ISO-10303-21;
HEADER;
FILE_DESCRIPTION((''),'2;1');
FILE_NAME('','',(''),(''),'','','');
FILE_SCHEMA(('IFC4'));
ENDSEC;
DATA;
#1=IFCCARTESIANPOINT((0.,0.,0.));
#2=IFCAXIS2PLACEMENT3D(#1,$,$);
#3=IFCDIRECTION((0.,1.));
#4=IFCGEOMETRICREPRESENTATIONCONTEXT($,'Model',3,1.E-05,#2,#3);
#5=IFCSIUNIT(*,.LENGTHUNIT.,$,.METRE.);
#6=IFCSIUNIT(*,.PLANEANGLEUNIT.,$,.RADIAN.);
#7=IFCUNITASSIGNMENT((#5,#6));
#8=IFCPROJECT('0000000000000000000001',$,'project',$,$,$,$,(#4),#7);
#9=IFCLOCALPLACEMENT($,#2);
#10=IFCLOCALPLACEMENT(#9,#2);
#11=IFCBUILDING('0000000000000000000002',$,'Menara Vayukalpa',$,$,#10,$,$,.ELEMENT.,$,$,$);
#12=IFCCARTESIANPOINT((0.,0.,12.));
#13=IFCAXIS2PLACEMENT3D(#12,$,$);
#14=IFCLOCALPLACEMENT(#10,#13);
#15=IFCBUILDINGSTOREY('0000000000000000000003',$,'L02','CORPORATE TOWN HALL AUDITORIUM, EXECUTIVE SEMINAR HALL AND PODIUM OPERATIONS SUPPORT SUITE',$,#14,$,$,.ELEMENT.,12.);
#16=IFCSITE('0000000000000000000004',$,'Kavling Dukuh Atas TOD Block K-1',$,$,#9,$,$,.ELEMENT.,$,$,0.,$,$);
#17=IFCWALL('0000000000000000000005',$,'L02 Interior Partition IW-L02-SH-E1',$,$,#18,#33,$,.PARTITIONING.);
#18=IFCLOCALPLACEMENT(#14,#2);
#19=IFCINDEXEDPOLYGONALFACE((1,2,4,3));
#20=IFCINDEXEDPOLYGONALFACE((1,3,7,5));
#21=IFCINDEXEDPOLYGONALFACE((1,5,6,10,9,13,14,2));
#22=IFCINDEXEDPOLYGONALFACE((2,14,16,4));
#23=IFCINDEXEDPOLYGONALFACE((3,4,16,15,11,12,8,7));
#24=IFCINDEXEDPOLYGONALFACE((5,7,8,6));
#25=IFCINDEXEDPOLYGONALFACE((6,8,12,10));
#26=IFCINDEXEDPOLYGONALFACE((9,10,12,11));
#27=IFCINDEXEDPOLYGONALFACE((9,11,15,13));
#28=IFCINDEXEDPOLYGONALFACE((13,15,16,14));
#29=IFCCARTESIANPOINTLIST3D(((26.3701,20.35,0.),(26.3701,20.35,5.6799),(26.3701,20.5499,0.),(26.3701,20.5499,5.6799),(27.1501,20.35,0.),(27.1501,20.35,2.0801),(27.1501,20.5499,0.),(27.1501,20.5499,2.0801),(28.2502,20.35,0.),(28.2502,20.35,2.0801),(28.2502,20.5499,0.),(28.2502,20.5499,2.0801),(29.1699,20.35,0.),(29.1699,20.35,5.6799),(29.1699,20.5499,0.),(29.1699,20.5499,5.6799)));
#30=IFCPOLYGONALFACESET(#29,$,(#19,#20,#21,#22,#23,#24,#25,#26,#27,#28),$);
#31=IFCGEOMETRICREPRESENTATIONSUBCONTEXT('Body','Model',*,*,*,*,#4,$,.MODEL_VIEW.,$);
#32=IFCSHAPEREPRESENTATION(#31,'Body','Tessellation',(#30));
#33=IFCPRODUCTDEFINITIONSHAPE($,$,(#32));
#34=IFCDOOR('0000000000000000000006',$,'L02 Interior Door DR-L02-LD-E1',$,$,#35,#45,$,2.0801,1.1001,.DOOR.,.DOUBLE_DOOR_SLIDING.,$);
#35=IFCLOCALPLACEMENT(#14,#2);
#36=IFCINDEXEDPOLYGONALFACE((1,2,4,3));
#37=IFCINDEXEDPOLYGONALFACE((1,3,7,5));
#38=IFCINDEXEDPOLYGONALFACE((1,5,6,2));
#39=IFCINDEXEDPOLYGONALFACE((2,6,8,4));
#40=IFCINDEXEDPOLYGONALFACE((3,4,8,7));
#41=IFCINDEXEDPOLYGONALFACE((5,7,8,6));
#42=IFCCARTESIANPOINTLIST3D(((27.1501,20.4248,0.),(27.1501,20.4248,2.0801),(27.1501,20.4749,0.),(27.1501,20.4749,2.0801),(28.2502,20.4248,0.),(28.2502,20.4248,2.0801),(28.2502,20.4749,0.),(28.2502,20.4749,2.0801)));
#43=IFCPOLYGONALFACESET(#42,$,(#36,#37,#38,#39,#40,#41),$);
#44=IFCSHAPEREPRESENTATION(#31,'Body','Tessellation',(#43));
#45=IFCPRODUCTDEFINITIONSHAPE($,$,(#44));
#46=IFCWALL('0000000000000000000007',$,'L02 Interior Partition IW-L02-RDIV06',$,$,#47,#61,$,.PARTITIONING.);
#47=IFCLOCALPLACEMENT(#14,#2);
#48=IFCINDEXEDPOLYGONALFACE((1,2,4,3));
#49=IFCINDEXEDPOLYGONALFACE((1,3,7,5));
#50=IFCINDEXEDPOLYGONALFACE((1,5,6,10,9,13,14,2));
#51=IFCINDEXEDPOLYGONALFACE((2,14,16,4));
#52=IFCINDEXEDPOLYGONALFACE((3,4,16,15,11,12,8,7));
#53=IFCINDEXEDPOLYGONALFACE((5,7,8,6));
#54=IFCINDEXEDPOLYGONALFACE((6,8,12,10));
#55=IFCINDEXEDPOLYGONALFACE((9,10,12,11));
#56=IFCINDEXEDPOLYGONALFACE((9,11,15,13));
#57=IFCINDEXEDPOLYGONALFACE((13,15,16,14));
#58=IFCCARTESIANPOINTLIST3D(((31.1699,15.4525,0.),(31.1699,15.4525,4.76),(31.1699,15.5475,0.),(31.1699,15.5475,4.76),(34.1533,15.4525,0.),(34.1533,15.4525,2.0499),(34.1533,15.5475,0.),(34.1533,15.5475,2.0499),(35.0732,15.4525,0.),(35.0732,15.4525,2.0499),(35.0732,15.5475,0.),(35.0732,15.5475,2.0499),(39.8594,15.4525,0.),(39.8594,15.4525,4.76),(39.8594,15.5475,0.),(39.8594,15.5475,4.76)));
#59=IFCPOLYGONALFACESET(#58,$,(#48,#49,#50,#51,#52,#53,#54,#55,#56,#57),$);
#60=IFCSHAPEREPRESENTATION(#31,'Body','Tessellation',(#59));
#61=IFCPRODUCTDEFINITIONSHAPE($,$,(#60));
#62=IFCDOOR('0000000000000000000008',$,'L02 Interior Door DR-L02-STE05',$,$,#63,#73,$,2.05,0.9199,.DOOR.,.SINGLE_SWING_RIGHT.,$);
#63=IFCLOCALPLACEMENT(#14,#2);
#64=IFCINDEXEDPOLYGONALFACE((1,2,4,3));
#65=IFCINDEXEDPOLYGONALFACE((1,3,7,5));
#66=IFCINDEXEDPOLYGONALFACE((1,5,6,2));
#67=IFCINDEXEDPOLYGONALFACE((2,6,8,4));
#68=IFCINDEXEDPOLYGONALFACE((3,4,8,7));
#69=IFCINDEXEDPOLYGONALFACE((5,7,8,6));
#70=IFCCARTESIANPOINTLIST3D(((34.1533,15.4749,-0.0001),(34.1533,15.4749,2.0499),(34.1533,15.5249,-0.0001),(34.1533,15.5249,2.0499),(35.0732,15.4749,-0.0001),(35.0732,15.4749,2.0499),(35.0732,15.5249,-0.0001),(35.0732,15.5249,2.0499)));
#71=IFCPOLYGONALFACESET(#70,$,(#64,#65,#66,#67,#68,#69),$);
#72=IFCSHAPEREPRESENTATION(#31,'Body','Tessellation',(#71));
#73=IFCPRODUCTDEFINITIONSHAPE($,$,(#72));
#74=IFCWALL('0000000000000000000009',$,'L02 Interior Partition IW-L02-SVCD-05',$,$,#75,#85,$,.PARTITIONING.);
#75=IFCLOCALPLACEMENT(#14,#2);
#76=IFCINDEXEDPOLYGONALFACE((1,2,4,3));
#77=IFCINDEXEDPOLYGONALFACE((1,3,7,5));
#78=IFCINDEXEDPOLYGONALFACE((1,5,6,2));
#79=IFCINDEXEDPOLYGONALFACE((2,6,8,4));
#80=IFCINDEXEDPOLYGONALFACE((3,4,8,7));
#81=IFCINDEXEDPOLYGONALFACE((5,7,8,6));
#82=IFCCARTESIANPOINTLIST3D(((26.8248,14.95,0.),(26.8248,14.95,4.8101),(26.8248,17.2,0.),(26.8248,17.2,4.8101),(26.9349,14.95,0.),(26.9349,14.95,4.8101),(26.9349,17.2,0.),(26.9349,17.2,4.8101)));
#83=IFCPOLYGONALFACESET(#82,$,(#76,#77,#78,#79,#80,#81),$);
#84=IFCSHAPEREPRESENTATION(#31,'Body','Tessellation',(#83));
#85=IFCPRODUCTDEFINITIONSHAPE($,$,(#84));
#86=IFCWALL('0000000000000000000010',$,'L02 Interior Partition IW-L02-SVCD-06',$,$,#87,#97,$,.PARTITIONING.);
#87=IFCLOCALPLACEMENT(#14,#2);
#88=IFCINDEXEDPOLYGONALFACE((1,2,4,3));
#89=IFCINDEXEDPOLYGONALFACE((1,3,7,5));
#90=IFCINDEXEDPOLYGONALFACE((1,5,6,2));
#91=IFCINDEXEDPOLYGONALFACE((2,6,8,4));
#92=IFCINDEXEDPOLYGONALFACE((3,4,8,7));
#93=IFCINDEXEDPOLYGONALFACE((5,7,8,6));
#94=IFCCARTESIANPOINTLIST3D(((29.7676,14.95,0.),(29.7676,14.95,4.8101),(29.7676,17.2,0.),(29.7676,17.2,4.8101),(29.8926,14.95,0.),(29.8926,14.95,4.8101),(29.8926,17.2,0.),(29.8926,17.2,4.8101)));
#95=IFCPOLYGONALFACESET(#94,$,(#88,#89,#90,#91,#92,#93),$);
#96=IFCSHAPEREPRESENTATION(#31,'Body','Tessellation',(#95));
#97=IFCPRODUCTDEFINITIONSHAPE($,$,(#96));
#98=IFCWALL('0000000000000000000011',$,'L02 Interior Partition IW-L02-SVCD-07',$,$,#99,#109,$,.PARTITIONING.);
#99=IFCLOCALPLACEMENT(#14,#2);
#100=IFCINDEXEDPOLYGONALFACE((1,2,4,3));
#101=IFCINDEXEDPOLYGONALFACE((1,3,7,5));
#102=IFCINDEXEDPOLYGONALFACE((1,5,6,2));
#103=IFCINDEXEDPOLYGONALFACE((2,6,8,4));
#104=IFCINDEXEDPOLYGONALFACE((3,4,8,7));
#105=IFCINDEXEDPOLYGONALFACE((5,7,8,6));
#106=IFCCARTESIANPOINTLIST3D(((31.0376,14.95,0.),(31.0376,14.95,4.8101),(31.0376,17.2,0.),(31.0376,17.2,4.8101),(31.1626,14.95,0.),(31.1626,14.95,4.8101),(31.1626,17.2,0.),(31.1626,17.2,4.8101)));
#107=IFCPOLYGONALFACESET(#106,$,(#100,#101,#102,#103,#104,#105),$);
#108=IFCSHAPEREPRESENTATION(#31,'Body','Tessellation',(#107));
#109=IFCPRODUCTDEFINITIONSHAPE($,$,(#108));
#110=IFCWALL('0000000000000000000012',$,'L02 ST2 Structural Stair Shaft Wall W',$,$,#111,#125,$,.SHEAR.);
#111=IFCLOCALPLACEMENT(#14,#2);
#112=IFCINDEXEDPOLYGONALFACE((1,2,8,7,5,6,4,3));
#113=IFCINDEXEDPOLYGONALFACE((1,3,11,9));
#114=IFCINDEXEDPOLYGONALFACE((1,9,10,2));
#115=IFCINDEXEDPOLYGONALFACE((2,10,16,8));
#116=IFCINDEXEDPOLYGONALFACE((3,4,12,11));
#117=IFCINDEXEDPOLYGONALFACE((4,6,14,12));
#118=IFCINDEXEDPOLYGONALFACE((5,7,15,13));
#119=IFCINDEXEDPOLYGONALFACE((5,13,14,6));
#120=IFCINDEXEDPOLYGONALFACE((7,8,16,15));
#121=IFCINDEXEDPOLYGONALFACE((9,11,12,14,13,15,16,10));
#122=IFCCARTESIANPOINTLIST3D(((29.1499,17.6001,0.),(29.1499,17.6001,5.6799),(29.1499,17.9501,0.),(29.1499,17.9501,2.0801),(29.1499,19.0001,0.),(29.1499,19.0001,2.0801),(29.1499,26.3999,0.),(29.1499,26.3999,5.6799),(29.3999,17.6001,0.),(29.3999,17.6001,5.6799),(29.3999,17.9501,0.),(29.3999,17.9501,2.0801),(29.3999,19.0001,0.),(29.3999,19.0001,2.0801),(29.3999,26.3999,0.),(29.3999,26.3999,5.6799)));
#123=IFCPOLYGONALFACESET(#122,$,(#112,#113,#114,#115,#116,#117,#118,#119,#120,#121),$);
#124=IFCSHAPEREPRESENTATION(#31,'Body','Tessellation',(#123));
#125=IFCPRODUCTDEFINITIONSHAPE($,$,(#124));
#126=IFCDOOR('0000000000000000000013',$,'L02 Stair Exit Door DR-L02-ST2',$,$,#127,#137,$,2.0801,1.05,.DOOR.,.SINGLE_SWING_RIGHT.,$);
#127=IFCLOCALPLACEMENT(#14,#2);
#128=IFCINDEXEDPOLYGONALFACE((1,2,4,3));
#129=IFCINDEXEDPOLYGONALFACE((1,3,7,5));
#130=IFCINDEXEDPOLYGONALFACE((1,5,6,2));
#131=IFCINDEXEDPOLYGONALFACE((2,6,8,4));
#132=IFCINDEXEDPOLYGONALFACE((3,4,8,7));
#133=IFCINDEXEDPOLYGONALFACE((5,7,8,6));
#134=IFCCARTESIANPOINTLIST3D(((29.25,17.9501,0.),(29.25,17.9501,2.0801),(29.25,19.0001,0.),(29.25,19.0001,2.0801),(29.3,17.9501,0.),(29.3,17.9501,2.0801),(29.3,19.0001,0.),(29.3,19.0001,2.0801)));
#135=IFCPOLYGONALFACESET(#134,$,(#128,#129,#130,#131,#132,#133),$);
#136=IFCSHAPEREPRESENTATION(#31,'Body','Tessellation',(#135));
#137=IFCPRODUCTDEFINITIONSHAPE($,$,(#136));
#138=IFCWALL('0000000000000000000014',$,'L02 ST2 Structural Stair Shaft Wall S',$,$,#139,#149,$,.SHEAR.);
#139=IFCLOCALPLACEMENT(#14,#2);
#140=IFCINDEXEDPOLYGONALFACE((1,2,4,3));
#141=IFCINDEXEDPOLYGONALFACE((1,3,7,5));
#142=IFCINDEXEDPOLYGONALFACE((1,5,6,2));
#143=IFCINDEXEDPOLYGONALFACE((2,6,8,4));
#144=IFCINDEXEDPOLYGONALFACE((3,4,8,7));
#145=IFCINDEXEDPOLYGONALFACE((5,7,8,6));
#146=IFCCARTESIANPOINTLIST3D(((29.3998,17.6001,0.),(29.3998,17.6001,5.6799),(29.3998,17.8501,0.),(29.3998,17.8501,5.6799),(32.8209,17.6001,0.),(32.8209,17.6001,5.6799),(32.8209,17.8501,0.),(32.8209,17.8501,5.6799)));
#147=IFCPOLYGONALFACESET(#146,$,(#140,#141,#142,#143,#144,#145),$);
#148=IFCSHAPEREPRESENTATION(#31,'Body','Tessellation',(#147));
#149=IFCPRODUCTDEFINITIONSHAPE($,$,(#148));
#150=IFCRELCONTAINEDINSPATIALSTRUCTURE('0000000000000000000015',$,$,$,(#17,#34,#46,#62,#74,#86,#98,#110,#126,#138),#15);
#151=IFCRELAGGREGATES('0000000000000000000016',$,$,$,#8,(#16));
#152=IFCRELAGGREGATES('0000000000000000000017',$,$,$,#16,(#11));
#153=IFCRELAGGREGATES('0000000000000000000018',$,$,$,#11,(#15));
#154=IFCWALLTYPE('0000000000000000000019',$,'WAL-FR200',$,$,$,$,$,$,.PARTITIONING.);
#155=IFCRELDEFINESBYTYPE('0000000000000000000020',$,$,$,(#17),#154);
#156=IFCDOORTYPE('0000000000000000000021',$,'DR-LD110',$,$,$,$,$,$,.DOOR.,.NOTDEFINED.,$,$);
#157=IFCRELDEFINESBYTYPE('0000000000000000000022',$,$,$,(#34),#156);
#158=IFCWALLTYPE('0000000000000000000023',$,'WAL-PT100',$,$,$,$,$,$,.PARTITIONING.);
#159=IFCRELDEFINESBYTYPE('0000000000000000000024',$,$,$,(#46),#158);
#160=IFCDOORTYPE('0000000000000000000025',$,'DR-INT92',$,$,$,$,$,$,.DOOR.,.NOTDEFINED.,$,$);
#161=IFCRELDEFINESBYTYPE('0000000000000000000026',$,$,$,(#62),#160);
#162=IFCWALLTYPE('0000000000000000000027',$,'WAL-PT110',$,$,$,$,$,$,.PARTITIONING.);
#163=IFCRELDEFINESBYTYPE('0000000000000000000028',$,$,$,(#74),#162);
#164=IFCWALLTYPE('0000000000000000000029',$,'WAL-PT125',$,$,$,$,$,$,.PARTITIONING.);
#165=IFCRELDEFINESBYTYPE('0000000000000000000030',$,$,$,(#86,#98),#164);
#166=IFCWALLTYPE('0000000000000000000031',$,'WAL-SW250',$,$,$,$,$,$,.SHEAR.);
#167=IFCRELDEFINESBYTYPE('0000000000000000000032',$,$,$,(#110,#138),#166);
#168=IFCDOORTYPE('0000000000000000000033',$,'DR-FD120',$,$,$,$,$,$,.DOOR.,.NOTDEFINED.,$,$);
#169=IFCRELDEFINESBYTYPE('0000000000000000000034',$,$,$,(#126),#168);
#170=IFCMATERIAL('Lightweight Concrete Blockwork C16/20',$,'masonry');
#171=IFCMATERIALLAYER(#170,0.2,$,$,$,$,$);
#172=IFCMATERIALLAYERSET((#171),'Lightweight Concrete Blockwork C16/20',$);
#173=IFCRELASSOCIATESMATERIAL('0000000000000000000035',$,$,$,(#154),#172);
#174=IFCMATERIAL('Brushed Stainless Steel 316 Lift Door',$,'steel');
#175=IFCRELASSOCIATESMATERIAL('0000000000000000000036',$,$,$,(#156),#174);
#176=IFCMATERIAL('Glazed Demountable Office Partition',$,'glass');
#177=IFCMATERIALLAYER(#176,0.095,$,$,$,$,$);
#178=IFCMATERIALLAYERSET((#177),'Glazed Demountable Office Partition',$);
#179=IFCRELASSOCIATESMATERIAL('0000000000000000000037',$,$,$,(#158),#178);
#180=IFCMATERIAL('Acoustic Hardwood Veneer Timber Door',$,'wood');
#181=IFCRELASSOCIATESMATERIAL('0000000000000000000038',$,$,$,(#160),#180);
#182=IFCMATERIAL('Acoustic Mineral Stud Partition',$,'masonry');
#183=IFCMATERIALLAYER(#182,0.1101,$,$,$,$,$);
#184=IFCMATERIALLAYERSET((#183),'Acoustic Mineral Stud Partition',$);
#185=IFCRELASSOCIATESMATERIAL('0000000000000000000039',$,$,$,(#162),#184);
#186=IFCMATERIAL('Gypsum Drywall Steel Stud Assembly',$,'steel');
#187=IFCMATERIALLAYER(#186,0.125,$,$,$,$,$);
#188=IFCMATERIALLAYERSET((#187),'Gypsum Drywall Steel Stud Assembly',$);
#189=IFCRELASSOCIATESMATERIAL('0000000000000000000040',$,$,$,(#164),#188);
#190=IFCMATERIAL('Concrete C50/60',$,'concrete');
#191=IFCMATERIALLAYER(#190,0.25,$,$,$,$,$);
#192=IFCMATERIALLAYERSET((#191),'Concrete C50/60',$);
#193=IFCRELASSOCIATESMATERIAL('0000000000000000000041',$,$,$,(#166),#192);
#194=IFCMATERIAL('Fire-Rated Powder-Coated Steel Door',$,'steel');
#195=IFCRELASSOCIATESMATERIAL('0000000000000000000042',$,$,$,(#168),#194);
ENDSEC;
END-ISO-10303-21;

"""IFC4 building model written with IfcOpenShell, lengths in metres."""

from ifc_helpers import new_model, si_unit, direction, frame, frame_2d, origin, place, context, subcontext, project, spatial, rectangle, extrude, material, layer, layer_set, type_object, element, fill, save


model = new_model("IFC4")

# Units and contexts
model_context = context("Model", 3, precision=1e-05, world=origin(), true_north=direction((0.0, 1.0)))
body_context = subcontext(model_context, "Body", "Model", "MODEL_VIEW")
ifc_project = project(units=[si_unit("LENGTHUNIT", "METRE"), si_unit("PLANEANGLEUNIT", "RADIAN")], contexts=[model_context])

# Site, building, storey
site_placement = place(None, origin())
site = spatial("IfcSite", under=ifc_project, at=site_placement, Name="Kavling Dukuh Atas TOD Block K-1", CompositionType="ELEMENT", RefElevation=0.0)
building_placement = place(site_placement, origin())
building = spatial("IfcBuilding", under=site, at=building_placement, Name="Menara Vayukalpa", CompositionType="ELEMENT")
storey_placement = place(building_placement, frame((0.0, 0.0, 12.0)))
storey = spatial("IfcBuildingStorey", under=building, at=storey_placement, Name="L02", Description="CORPORATE TOWN HALL AUDITORIUM, EXECUTIVE SEMINAR HALL AND PODIUM OPERATIONS SUPPORT SUITE", CompositionType="ELEMENT", Elevation=12.0)

# Walls, openings, doors
ifc_material_1 = material(Name="Lightweight Concrete Blockwork C16/20", Category="masonry")
ifc_layer_1 = layer(ifc_material_1, 0.2)
ifc_layer_set_1 = layer_set([ifc_layer_1], Name="Lightweight Concrete Blockwork C16/20")
wall_type_1 = type_object("IfcWallType", Name="WAL-FR200", PredefinedType="PARTITIONING", material=ifc_layer_set_1)
wall_1_placement = place(storey_placement, frame((26.3701, 20.45, 0.0), z_axis=(0.0, 0.0, 1.0), x_axis=(1.0, 0.0, 0.0)))
wall_1 = element("IfcWall", 1, at=wall_1_placement, inside=storey, type_object=wall_type_1, Name="L02 Interior Partition IW-L02-SH-E1", PredefinedType="PARTITIONING", context=body_context, shape_type="SweptSolid", body=[
    extrude(rectangle(XDim=2.7998, YDim=0.2, at=frame_2d((1.3999, 0.0))), origin(), (0.0, 0.0, 1.0), 5.6799),
])
opening_1_placement = place(wall_1_placement, frame((0.78, 0.0, 0.0)))
opening_1 = element("IfcOpeningElement", 2, at=opening_1_placement, cuts=wall_1, PredefinedType="OPENING", context=body_context, shape_type="SweptSolid", body=[
    extrude(rectangle(XDim=1.1001, YDim=2.0801, at=frame_2d((0.55, 1.04))), frame((0.0, 0.1099, 0.0), z_axis=(0.0, -1.0, 0.0), x_axis=(1.0, 0.0, 0.0)), (0.0, 0.0, 1.0), 0.22),
])
ifc_material_2 = material(Name="Brushed Stainless Steel 316 Lift Door", Category="steel")
door_type_1 = type_object("IfcDoorType", Name="DR-LD110", OperationType="NOTDEFINED", PredefinedType="DOOR", material=ifc_material_2)
door_1_placement = place(opening_1_placement, origin())
door_1 = element("IfcDoor", 3, at=door_1_placement, inside=storey, type_object=door_type_1, Name="L02 Interior Door DR-L02-LD-E1", OperationType="DOUBLE_DOOR_SLIDING", OverallHeight=2.0801, OverallWidth=1.1001, PredefinedType="DOOR", context=body_context, shape_type="SweptSolid", body=[
    extrude(rectangle(XDim=1.1001, YDim=2.0801, at=frame_2d((0.55, 1.04))), frame((0.0, 0.0249, 0.0), z_axis=(0.0, -1.0, 0.0), x_axis=(1.0, 0.0, 0.0)), (0.0, 0.0, 1.0), 0.05),
])
fill(opening_1, door_1)
ifc_material_3 = material(Name="Glazed Demountable Office Partition", Category="glass")
ifc_layer_2 = layer(ifc_material_3, 0.095)
ifc_layer_set_2 = layer_set([ifc_layer_2], Name="Glazed Demountable Office Partition")
wall_type_2 = type_object("IfcWallType", Name="WAL-PT100", PredefinedType="PARTITIONING", material=ifc_layer_set_2)
wall_2_placement = place(storey_placement, frame((31.1699, 15.5, 0.0), z_axis=(0.0, 0.0, 1.0), x_axis=(1.0, 0.0, 0.0)))
wall_2 = element("IfcWall", 4, at=wall_2_placement, inside=storey, type_object=wall_type_2, Name="L02 Interior Partition IW-L02-RDIV06", PredefinedType="PARTITIONING", context=body_context, shape_type="SweptSolid", body=[
    extrude(rectangle(XDim=8.6895, YDim=0.095, at=frame_2d((4.3447, 0.0))), origin(), (0.0, 0.0, 1.0), 4.76),
])
opening_2_placement = place(wall_2_placement, frame((2.9834, 0.0, 0.0)))
opening_2 = element("IfcOpeningElement", 5, at=opening_2_placement, cuts=wall_2, PredefinedType="OPENING", context=body_context, shape_type="SweptSolid", body=[
    extrude(rectangle(XDim=0.9199, YDim=2.05, at=frame_2d((0.46, 1.0249))), frame((0.0, 0.0574, 0.0), z_axis=(0.0, -1.0, 0.0), x_axis=(1.0, 0.0, 0.0)), (0.0, 0.0, 1.0), 0.115),
])
ifc_material_4 = material(Name="Acoustic Hardwood Veneer Timber Door", Category="wood")
door_type_2 = type_object("IfcDoorType", Name="DR-INT92", OperationType="NOTDEFINED", PredefinedType="DOOR", material=ifc_material_4)
door_2_placement = place(opening_2_placement, origin())
door_2 = element("IfcDoor", 6, at=door_2_placement, inside=storey, type_object=door_type_2, Name="L02 Interior Door DR-L02-STE05", OperationType="SINGLE_SWING_RIGHT", OverallHeight=2.05, OverallWidth=0.9199, PredefinedType="DOOR", context=body_context, shape_type="SweptSolid", body=[
    extrude(rectangle(XDim=0.9199, YDim=2.05, at=frame_2d((0.46, 1.0249))), frame((0.0, 0.0249, 0.0), z_axis=(0.0, -1.0, 0.0), x_axis=(1.0, 0.0, 0.0)), (0.0, 0.0, 1.0), 0.05),
])
fill(opening_2, door_2)

# Walls
ifc_material_5 = material(Name="Acoustic Mineral Stud Partition", Category="masonry")
ifc_layer_3 = layer(ifc_material_5, 0.1101)
ifc_layer_set_3 = layer_set([ifc_layer_3], Name="Acoustic Mineral Stud Partition")
wall_type_3 = type_object("IfcWallType", Name="WAL-PT110", PredefinedType="PARTITIONING", material=ifc_layer_set_3)
wall_3_placement = place(storey_placement, frame((26.8799, 14.95, 0.0), z_axis=(0.0, 0.0, 1.0), x_axis=(0.0, 1.0, 0.0)))
element("IfcWall", 7, at=wall_3_placement, inside=storey, type_object=wall_type_3, Name="L02 Interior Partition IW-L02-SVCD-05", PredefinedType="PARTITIONING", context=body_context, shape_type="SweptSolid", body=[
    extrude(rectangle(XDim=2.25, YDim=0.1101, at=frame_2d((1.125, 0.0))), origin(), (0.0, 0.0, 1.0), 4.8101),
])
ifc_material_6 = material(Name="Gypsum Drywall Steel Stud Assembly", Category="steel")
ifc_layer_4 = layer(ifc_material_6, 0.125)
ifc_layer_set_4 = layer_set([ifc_layer_4], Name="Gypsum Drywall Steel Stud Assembly")
wall_type_4 = type_object("IfcWallType", Name="WAL-PT125", PredefinedType="PARTITIONING", material=ifc_layer_set_4)
for number, where, z_axis, x_axis, name in (
    (8, (29.8301, 14.95, 0.0), (0.0, 0.0, 1.0), (0.0, 1.0, 0.0), "L02 Interior Partition IW-L02-SVCD-06"),
    (9, (31.1001, 14.95, 0.0), (0.0, 0.0, 1.0), (0.0, 1.0, 0.0), "L02 Interior Partition IW-L02-SVCD-07"),
):
    element("IfcWall", number, at=place(storey_placement, frame(where, z_axis=z_axis, x_axis=x_axis)), inside=storey, type_object=wall_type_4, Name=name, PredefinedType="PARTITIONING", context=body_context, shape_type="SweptSolid", body=[
        extrude(rectangle(XDim=2.25, YDim=0.125, at=frame_2d((1.125, 0.0))), origin(), (0.0, 0.0, 1.0), 4.8101),
    ])

# Wall, opening, door
ifc_material_7 = material(Name="Concrete C50/60", Category="concrete")
ifc_layer_5 = layer(ifc_material_7, 0.25)
ifc_layer_set_5 = layer_set([ifc_layer_5], Name="Concrete C50/60")
wall_type_5 = type_object("IfcWallType", Name="WAL-SW250", PredefinedType="SHEAR", material=ifc_layer_set_5)
wall_4_placement = place(storey_placement, frame((29.2749, 17.6001, 0.0), z_axis=(0.0, 0.0, 1.0), x_axis=(0.0, 1.0, 0.0)))
wall_4 = element("IfcWall", 10, at=wall_4_placement, inside=storey, type_object=wall_type_5, Name="L02 ST2 Structural Stair Shaft Wall W", PredefinedType="SHEAR", context=body_context, shape_type="SweptSolid", body=[
    extrude(rectangle(XDim=8.7998, YDim=0.25, at=frame_2d((4.3999, 0.0))), origin(), (0.0, 0.0, 1.0), 5.6799),
])
opening_3_placement = place(wall_4_placement, frame((0.3501, 0.0, 0.0)))
opening_3 = element("IfcOpeningElement", 11, at=opening_3_placement, cuts=wall_4, PredefinedType="OPENING", context=body_context, shape_type="SweptSolid", body=[
    extrude(rectangle(XDim=1.05, YDim=2.0801, at=frame_2d((0.5249, 1.04))), frame((0.0, 0.135, 0.0), z_axis=(0.0, -1.0, 0.0), x_axis=(1.0, 0.0, 0.0)), (0.0, 0.0, 1.0), 0.27),
])
ifc_material_8 = material(Name="Fire-Rated Powder-Coated Steel Door", Category="steel")
door_type_3 = type_object("IfcDoorType", Name="DR-FD120", OperationType="NOTDEFINED", PredefinedType="DOOR", material=ifc_material_8)
door_3_placement = place(opening_3_placement, origin())
door_3 = element("IfcDoor", 12, at=door_3_placement, inside=storey, type_object=door_type_3, Name="L02 Stair Exit Door DR-L02-ST2", OperationType="SINGLE_SWING_RIGHT", OverallHeight=2.0801, OverallWidth=1.05, PredefinedType="DOOR", context=body_context, shape_type="SweptSolid", body=[
    extrude(rectangle(XDim=1.05, YDim=2.0801, at=frame_2d((0.5249, 1.04))), frame((0.0, 0.0249, 0.0), z_axis=(0.0, -1.0, 0.0), x_axis=(1.0, 0.0, 0.0)), (0.0, 0.0, 1.0), 0.05),
])
fill(opening_3, door_3)

# Wall
wall_5_placement = place(storey_placement, frame((29.3999, 17.7251, 0.0), z_axis=(0.0, 0.0, 1.0), x_axis=(1.0, 0.0, 0.0)))
element("IfcWall", 13, at=wall_5_placement, inside=storey, type_object=wall_type_5, Name="L02 ST2 Structural Stair Shaft Wall S", PredefinedType="SHEAR", context=body_context, shape_type="SweptSolid", body=[
    extrude(rectangle(XDim=3.4211, YDim=0.25, at=frame_2d((1.7104, 0.0))), origin(), (0.0, 0.0, 1.0), 5.6799),
])

save(model, "model.ifc")
